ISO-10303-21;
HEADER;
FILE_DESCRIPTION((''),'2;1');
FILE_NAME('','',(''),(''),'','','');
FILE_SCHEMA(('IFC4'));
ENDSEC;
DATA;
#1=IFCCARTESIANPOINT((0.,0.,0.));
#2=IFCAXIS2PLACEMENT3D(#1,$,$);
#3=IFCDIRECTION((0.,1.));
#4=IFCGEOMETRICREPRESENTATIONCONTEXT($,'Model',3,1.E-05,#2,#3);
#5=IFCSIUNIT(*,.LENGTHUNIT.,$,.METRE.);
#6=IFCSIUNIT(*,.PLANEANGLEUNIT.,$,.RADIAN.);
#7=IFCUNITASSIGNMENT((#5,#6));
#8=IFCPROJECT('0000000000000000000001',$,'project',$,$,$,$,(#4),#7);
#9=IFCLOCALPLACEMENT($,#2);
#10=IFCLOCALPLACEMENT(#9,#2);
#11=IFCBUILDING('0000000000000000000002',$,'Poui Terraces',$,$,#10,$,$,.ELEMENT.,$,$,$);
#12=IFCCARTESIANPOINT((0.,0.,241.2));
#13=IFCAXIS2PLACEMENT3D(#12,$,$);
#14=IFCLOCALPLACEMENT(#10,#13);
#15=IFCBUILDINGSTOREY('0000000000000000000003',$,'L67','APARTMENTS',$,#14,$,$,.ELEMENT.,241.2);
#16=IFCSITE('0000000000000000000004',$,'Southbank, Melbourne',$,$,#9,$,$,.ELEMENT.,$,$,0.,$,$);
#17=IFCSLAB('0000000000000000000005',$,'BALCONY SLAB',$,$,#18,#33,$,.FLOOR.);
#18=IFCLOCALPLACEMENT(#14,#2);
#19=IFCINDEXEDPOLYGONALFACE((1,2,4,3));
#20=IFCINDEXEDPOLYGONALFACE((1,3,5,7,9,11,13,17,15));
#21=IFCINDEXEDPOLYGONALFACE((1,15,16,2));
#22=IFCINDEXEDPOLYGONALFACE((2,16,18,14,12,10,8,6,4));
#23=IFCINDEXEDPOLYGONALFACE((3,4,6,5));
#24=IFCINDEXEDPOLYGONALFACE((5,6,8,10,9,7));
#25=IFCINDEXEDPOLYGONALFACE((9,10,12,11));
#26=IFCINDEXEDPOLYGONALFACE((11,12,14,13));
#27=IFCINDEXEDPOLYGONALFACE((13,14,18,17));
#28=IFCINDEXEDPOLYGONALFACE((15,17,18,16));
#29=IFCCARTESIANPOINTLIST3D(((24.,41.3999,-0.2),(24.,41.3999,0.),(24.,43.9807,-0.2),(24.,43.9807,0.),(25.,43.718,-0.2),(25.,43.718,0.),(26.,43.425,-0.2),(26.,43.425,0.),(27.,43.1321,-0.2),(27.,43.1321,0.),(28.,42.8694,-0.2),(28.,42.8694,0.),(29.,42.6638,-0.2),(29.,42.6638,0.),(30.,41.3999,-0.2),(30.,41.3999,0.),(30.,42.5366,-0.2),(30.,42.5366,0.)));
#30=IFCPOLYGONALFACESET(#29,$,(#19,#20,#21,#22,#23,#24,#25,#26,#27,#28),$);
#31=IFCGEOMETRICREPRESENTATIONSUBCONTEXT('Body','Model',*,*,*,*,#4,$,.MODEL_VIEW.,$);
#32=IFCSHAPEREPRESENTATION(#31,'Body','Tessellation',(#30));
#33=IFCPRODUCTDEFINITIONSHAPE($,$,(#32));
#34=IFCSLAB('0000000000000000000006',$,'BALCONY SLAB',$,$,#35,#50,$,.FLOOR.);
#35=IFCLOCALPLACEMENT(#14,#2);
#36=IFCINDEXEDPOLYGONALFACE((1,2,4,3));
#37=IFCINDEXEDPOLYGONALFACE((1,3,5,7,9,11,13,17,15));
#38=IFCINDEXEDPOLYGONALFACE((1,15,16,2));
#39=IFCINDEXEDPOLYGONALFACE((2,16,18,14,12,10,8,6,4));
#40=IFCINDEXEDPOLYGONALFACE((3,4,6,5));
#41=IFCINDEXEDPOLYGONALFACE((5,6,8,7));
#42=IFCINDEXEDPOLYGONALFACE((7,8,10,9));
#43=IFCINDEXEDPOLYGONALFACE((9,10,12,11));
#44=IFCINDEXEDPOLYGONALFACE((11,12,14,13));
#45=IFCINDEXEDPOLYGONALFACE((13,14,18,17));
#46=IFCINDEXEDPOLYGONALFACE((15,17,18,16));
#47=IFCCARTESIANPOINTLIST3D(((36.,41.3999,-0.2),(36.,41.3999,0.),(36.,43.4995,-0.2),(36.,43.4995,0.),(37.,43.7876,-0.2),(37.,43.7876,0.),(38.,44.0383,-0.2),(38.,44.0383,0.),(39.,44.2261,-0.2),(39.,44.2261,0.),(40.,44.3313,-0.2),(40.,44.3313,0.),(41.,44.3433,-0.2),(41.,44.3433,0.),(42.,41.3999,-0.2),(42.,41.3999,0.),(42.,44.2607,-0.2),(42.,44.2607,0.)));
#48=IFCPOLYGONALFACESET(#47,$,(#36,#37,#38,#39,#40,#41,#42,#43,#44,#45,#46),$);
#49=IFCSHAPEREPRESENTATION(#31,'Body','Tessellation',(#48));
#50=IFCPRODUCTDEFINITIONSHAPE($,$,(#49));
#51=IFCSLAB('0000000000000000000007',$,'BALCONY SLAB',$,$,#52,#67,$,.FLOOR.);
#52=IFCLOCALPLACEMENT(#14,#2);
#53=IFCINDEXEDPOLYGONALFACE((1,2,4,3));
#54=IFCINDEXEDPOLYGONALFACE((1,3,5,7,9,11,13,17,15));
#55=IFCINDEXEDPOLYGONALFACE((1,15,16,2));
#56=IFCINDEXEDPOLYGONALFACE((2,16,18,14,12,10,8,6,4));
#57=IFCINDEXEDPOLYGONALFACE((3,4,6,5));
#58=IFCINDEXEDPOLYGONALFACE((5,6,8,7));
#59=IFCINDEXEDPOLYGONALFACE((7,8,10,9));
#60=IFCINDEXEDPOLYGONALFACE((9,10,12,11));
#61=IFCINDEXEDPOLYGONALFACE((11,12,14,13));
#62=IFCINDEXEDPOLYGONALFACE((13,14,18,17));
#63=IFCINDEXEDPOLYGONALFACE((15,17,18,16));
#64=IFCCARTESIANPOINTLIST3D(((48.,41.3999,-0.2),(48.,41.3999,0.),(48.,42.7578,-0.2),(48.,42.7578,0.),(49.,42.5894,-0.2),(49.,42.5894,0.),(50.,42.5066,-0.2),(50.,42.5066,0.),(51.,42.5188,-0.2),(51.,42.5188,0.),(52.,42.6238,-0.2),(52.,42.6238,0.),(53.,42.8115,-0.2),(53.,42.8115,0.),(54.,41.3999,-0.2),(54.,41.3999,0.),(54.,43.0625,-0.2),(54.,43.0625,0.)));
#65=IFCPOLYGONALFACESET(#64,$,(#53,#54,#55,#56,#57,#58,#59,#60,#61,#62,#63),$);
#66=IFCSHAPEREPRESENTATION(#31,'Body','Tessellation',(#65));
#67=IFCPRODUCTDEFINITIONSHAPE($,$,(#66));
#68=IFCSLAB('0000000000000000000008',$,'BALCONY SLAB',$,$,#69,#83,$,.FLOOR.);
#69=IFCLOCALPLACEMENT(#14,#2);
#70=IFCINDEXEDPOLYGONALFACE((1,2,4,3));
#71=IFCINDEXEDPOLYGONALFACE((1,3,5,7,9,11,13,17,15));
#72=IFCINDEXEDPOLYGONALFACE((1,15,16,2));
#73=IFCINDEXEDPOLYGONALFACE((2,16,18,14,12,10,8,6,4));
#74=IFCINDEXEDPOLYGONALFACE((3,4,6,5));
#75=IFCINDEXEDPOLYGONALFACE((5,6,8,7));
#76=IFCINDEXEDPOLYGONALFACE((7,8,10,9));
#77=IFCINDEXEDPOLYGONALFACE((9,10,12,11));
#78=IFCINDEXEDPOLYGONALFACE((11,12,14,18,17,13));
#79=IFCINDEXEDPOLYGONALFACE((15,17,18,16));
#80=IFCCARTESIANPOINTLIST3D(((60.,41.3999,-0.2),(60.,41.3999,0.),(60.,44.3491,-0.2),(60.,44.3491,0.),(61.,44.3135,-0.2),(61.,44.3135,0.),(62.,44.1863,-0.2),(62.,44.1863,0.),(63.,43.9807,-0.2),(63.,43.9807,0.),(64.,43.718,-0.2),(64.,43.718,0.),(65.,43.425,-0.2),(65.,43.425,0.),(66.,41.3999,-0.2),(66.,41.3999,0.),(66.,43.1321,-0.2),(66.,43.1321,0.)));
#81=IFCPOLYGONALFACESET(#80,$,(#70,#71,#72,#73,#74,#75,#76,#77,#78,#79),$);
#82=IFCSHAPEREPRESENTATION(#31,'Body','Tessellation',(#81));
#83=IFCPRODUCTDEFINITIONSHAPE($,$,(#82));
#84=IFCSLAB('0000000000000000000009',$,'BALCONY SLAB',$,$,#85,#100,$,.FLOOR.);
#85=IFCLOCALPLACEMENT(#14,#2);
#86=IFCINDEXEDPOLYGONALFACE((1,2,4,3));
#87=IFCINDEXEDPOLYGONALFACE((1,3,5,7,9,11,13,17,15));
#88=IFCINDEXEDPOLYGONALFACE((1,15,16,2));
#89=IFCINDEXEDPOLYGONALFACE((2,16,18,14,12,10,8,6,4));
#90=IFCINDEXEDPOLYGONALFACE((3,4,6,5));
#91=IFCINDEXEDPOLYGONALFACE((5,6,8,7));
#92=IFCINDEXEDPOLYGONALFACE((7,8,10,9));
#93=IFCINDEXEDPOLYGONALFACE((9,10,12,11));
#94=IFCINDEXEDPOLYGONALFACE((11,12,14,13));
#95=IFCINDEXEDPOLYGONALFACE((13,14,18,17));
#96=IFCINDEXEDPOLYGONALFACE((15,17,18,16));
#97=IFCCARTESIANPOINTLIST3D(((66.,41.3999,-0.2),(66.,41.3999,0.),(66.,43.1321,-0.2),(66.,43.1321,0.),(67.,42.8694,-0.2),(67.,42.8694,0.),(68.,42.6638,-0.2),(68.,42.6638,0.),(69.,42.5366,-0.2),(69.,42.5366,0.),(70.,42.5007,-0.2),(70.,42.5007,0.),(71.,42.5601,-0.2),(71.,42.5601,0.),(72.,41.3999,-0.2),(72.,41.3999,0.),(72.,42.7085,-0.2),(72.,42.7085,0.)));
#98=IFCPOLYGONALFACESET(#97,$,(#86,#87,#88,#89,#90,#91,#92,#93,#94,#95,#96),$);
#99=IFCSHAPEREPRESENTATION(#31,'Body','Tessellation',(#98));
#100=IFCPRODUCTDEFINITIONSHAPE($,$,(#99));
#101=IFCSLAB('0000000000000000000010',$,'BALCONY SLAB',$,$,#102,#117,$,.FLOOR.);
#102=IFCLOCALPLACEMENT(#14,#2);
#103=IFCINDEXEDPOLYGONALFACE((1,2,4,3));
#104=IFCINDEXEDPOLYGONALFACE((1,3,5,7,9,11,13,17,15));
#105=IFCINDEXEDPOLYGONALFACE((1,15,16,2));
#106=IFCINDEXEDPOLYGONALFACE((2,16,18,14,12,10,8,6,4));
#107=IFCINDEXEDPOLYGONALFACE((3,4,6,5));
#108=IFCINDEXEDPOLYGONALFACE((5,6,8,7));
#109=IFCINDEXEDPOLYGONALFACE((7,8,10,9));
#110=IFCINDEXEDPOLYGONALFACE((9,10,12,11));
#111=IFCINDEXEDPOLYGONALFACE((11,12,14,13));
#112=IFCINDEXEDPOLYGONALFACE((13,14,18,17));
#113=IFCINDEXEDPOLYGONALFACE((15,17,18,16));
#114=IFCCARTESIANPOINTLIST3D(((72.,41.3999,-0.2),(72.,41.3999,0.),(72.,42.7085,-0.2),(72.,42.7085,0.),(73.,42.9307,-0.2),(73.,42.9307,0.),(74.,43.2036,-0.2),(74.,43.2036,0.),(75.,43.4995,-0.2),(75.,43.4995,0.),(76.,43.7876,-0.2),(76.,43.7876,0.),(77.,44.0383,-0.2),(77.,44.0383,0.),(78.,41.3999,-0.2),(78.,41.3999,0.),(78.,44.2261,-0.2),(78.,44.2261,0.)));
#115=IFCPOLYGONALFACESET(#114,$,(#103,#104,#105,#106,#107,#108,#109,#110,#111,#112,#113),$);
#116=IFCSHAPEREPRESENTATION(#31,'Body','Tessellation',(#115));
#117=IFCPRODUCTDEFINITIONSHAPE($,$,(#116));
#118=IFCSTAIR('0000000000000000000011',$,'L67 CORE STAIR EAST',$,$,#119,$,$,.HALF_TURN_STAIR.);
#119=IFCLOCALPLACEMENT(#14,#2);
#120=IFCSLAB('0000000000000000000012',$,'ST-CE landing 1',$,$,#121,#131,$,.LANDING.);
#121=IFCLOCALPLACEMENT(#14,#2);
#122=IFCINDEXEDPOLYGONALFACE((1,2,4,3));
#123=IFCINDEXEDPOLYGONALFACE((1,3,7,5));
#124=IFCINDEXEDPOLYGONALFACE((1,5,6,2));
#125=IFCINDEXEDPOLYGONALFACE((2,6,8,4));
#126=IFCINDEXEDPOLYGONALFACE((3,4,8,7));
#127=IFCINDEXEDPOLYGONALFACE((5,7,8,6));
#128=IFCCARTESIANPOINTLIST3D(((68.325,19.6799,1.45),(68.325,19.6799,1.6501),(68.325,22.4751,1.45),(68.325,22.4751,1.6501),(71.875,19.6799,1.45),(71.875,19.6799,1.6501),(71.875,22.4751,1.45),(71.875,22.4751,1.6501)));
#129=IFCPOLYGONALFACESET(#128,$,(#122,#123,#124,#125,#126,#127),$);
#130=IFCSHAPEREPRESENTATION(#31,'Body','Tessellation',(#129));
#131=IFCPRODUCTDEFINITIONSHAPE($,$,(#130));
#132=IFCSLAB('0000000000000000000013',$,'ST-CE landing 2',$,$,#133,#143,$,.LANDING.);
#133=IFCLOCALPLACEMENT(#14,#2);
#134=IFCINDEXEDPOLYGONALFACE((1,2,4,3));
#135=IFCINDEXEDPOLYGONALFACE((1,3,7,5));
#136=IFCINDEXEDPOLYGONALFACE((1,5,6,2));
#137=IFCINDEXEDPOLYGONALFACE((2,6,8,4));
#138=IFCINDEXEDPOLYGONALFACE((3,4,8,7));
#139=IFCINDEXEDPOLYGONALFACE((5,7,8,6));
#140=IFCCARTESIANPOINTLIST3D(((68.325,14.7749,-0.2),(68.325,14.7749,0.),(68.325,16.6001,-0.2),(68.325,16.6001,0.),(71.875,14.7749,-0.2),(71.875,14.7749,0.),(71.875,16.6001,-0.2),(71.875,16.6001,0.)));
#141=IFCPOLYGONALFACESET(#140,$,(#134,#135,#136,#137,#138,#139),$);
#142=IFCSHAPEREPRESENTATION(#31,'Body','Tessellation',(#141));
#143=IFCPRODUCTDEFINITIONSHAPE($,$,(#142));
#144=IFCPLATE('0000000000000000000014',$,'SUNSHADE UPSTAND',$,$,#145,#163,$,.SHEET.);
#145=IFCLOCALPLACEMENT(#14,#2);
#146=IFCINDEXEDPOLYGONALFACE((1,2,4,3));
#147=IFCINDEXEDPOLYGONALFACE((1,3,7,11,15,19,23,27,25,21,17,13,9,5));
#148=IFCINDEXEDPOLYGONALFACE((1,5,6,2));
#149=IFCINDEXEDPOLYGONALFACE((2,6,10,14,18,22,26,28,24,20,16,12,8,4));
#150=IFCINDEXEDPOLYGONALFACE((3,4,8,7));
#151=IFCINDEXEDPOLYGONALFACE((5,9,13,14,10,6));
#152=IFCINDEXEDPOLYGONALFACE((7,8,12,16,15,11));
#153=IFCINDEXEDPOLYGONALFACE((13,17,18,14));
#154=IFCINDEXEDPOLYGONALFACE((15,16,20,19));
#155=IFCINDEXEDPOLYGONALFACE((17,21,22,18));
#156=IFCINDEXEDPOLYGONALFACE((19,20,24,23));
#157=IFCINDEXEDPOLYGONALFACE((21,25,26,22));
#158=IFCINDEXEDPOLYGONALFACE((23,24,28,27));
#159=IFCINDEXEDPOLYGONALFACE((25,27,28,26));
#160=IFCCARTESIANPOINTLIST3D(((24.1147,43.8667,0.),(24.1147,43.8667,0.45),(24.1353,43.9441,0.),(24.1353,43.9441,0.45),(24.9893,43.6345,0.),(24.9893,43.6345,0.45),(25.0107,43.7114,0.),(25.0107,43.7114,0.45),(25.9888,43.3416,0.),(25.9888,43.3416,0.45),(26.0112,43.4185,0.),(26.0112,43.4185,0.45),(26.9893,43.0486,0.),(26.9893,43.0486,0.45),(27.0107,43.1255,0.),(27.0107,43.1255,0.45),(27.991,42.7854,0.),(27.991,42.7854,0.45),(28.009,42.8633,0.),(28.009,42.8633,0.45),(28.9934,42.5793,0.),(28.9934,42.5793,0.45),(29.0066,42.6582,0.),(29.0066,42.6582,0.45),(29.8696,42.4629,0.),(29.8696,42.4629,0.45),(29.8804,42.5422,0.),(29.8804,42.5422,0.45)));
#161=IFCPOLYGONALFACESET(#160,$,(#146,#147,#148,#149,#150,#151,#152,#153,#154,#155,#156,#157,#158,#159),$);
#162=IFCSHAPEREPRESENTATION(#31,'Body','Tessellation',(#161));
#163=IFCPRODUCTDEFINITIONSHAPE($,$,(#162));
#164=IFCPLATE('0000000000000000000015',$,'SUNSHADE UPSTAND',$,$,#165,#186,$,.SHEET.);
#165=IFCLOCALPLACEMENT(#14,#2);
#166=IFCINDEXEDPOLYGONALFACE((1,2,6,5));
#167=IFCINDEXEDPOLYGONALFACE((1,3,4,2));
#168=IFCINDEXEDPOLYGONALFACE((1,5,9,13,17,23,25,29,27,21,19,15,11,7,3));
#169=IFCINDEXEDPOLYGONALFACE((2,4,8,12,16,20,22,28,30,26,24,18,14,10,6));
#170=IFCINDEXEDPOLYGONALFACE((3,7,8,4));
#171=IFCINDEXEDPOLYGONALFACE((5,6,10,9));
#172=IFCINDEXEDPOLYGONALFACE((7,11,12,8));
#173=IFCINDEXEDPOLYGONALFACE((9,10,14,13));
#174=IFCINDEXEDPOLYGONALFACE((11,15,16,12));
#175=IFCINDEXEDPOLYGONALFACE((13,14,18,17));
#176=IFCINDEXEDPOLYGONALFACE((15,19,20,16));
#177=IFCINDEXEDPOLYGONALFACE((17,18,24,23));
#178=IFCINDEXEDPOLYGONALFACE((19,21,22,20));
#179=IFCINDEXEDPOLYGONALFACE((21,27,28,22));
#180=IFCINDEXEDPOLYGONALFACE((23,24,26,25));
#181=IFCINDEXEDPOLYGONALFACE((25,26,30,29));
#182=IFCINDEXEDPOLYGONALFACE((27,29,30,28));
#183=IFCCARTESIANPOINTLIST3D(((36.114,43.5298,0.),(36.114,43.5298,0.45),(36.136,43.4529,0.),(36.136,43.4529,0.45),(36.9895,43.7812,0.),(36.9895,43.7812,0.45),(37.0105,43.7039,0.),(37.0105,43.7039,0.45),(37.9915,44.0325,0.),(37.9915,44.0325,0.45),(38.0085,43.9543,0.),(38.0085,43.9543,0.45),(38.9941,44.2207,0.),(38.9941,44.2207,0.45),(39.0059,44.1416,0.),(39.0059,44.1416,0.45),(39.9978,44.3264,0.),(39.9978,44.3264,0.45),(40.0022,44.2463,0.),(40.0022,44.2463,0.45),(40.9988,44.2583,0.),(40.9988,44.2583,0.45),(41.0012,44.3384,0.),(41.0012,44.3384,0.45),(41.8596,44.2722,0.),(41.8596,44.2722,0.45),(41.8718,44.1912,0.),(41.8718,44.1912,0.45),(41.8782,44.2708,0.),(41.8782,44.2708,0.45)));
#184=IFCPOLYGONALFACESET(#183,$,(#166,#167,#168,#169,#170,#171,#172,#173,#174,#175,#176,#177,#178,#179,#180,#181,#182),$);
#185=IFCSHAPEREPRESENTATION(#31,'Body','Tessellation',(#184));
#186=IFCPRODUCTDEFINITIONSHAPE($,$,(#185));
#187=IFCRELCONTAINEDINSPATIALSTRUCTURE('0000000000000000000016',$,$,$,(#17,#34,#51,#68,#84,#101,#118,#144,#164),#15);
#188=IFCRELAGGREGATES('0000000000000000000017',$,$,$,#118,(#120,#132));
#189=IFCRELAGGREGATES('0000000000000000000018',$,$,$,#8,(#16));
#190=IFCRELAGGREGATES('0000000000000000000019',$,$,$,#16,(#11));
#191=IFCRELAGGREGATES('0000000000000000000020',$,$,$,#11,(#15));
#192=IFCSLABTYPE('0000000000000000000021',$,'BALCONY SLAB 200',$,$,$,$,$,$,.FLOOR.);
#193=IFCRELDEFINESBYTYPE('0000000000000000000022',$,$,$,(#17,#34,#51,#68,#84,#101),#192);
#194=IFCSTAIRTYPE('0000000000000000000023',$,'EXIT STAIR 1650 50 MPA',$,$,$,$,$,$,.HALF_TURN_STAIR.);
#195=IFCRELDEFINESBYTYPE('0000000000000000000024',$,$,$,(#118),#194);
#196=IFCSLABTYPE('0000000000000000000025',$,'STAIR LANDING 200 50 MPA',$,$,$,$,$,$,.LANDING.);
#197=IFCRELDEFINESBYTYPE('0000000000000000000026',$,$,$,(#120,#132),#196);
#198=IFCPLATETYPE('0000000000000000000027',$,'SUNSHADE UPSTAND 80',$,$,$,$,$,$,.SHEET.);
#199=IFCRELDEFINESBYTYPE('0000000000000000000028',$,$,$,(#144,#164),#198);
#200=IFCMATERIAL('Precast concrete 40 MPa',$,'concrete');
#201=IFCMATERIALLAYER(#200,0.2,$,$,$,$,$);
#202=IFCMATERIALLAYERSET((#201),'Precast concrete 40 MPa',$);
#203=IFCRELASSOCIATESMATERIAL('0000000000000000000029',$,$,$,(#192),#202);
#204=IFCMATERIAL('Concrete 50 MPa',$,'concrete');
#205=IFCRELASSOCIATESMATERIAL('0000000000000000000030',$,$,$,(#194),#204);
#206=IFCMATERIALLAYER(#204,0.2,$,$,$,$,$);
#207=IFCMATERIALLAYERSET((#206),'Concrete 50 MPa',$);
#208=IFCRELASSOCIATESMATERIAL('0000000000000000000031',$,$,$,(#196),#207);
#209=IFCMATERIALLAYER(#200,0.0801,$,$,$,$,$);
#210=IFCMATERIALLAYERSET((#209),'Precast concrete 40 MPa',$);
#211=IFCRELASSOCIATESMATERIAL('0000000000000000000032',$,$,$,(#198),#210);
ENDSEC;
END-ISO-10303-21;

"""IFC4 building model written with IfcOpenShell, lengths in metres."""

from ifc_helpers import new_model, si_unit, direction, frame, origin, place, context, subcontext, project, spatial, polyline, outline, extrude, material, layer, layer_set, type_object, element, aggregate, save


model = new_model("IFC4")

# Units and contexts
model_context = context("Model", 3, precision=1e-05, world=origin(), true_north=direction((0.0, 1.0)))
body_context = subcontext(model_context, "Body", "Model", "MODEL_VIEW")
ifc_project = project(units=[si_unit("LENGTHUNIT", "METRE"), si_unit("PLANEANGLEUNIT", "RADIAN")], contexts=[model_context])

# Site, building, storey
site_placement = place(None, origin())
site = spatial("IfcSite", under=ifc_project, at=site_placement, Name="Southbank, Melbourne", CompositionType="ELEMENT", RefElevation=0.0)
building_placement = place(site_placement, origin())
building = spatial("IfcBuilding", under=site, at=building_placement, Name="Poui Terraces", CompositionType="ELEMENT")
storey_placement = place(building_placement, frame((0.0, 0.0, 241.2)))
storey = spatial("IfcBuildingStorey", under=building, at=storey_placement, Name="L67", Description="APARTMENTS", CompositionType="ELEMENT", Elevation=241.2)

# Slabs
ifc_material_1 = material(Name="Precast concrete 40 MPa", Category="concrete")
ifc_layer_1 = layer(ifc_material_1, 0.2)
ifc_layer_set_1 = layer_set([ifc_layer_1], Name="Precast concrete 40 MPa")
slab_type_1 = type_object("IfcSlabType", Name="BALCONY SLAB 200", PredefinedType="FLOOR", material=ifc_layer_set_1)
slab_1_placement = place(storey_placement, frame((0.0, 0.0, -0.2)))
element("IfcSlab", 1, at=slab_1_placement, inside=storey, type_object=slab_type_1, Name="BALCONY SLAB", PredefinedType="FLOOR", context=body_context, shape_type="SweptSolid", body=[
    extrude(outline(polyline([(24.0, 41.3999), (30.0, 41.3999), (30.0, 42.5366), (29.0, 42.6638), (28.0, 42.8694), (27.0, 43.1321), (26.0, 43.425), (25.0, 43.718), (24.0, 43.9807), (24.0, 41.3999)])), origin(), (0.0, 0.0, 1.0), 0.2),
])
slab_2_placement = place(storey_placement, frame((0.0, 0.0, -0.2)))
element("IfcSlab", 2, at=slab_2_placement, inside=storey, type_object=slab_type_1, Name="BALCONY SLAB", PredefinedType="FLOOR", context=body_context, shape_type="SweptSolid", body=[
    extrude(outline(polyline([(36.0, 41.3999), (42.0, 41.3999), (42.0, 44.2607), (41.0, 44.3433), (40.0, 44.3313), (39.0, 44.2261), (38.0, 44.0383), (37.0, 43.7876), (36.0, 43.4995), (36.0, 41.3999)])), origin(), (0.0, 0.0, 1.0), 0.2),
])
slab_3_placement = place(storey_placement, frame((0.0, 0.0, -0.2)))
element("IfcSlab", 3, at=slab_3_placement, inside=storey, type_object=slab_type_1, Name="BALCONY SLAB", PredefinedType="FLOOR", context=body_context, shape_type="SweptSolid", body=[
    extrude(outline(polyline([(48.0, 41.3999), (54.0, 41.3999), (54.0, 43.0625), (53.0, 42.8115), (52.0, 42.6238), (51.0, 42.5188), (50.0, 42.5066), (49.0, 42.5894), (48.0, 42.7578), (48.0, 41.3999)])), origin(), (0.0, 0.0, 1.0), 0.2),
])
slab_4_placement = place(storey_placement, frame((0.0, 0.0, -0.2)))
element("IfcSlab", 4, at=slab_4_placement, inside=storey, type_object=slab_type_1, Name="BALCONY SLAB", PredefinedType="FLOOR", context=body_context, shape_type="SweptSolid", body=[
    extrude(outline(polyline([(60.0, 41.3999), (66.0, 41.3999), (66.0, 43.1321), (65.0, 43.425), (64.0, 43.718), (63.0, 43.9807), (62.0, 44.1863), (61.0, 44.3135), (60.0, 44.3491), (60.0, 41.3999)])), origin(), (0.0, 0.0, 1.0), 0.2),
])
slab_5_placement = place(storey_placement, frame((0.0, 0.0, -0.2)))
element("IfcSlab", 5, at=slab_5_placement, inside=storey, type_object=slab_type_1, Name="BALCONY SLAB", PredefinedType="FLOOR", context=body_context, shape_type="SweptSolid", body=[
    extrude(outline(polyline([(66.0, 41.3999), (72.0, 41.3999), (72.0, 42.7085), (71.0, 42.5601), (70.0, 42.5007), (69.0, 42.5366), (68.0, 42.6638), (67.0, 42.8694), (66.0, 43.1321), (66.0, 41.3999)])), origin(), (0.0, 0.0, 1.0), 0.2),
])
slab_6_placement = place(storey_placement, frame((0.0, 0.0, -0.2)))
element("IfcSlab", 6, at=slab_6_placement, inside=storey, type_object=slab_type_1, Name="BALCONY SLAB", PredefinedType="FLOOR", context=body_context, shape_type="SweptSolid", body=[
    extrude(outline(polyline([(72.0, 41.3999), (78.0, 41.3999), (78.0, 44.2261), (77.0, 44.0383), (76.0, 43.7876), (75.0, 43.4995), (74.0, 43.2036), (73.0, 42.9307), (72.0, 42.7085), (72.0, 41.3999)])), origin(), (0.0, 0.0, 1.0), 0.2),
])

# Stair, slabs
ifc_material_2 = material(Name="Concrete 50 MPa", Category="concrete")
stair_type = type_object("IfcStairType", Name="EXIT STAIR 1650 50 MPA", PredefinedType="HALF_TURN_STAIR", material=ifc_material_2)
stair_placement = place(storey_placement, origin())
stair = element("IfcStair", 7, at=stair_placement, inside=storey, type_object=stair_type, Name="L67 CORE STAIR EAST", PredefinedType="HALF_TURN_STAIR")
ifc_layer_2 = layer(ifc_material_2, 0.2)
ifc_layer_set_2 = layer_set([ifc_layer_2], Name="Concrete 50 MPa")
slab_type_2 = type_object("IfcSlabType", Name="STAIR LANDING 200 50 MPA", PredefinedType="LANDING", material=ifc_layer_set_2)
slab_7_placement = place(storey_placement, frame((0.0, 0.0, 1.45)))
slab_7 = element("IfcSlab", 8, at=slab_7_placement, type_object=slab_type_2, Name="ST-CE landing 1", PredefinedType="LANDING", context=body_context, shape_type="SweptSolid", body=[
    extrude(outline(polyline([(68.325, 19.6799), (71.875, 19.6799), (71.875, 22.4751), (68.325, 22.4751), (68.325, 19.6799)])), origin(), (0.0, 0.0, 1.0), 0.2002),
])
slab_8_placement = place(storey_placement, frame((0.0, 0.0, -0.2)))
slab_8 = element("IfcSlab", 9, at=slab_8_placement, type_object=slab_type_2, Name="ST-CE landing 2", PredefinedType="LANDING", context=body_context, shape_type="SweptSolid", body=[
    extrude(outline(polyline([(68.325, 14.7749), (71.875, 14.7749), (71.875, 16.6001), (68.325, 16.6001), (68.325, 14.7749)])), origin(), (0.0, 0.0, 1.0), 0.2),
])
aggregate(stair, [slab_7, slab_8])

# Plates
ifc_layer_3 = layer(ifc_material_1, 0.0801)
ifc_layer_set_3 = layer_set([ifc_layer_3], Name="Precast concrete 40 MPa")
plate_type = type_object("IfcPlateType", Name="SUNSHADE UPSTAND 80", PredefinedType="SHEET", material=ifc_layer_set_3)
plate_1_placement = place(storey_placement, origin())
element("IfcPlate", 10, at=plate_1_placement, inside=storey, type_object=plate_type, Name="SUNSHADE UPSTAND", PredefinedType="SHEET", context=body_context, shape_type="SweptSolid", body=[
    extrude(outline(polyline([(25.0107, 43.7114), (24.1353, 43.9441), (24.1147, 43.8667), (24.9893, 43.6345), (25.9888, 43.3416), (26.9893, 43.0486), (27.991, 42.7854), (28.9934, 42.5793), (29.8696, 42.4629), (29.8804, 42.5422), (29.0066, 42.6582), (28.009, 42.8633), (27.0107, 43.1255), (26.0112, 43.4185), (25.0107, 43.7114)])), origin(), (0.0, 0.0, 1.0), 0.45),
])
plate_2_placement = place(storey_placement, origin())
element("IfcPlate", 11, at=plate_2_placement, inside=storey, type_object=plate_type, Name="SUNSHADE UPSTAND", PredefinedType="SHEET", context=body_context, shape_type="SweptSolid", body=[
    extrude(outline(polyline([(36.9895, 43.7812), (36.114, 43.5298), (36.136, 43.4529), (37.0105, 43.7039), (38.0085, 43.9543), (39.0059, 44.1416), (40.0022, 44.2463), (40.9988, 44.2583), (41.8718, 44.1912), (41.8782, 44.2708), (41.8596, 44.2722), (41.0012, 44.3384), (39.9978, 44.3264), (38.9941, 44.2207), (37.9915, 44.0325), (36.9895, 43.7812)])), origin(), (0.0, 0.0, 1.0), 0.45),
])

save(model, "model.ifc")
